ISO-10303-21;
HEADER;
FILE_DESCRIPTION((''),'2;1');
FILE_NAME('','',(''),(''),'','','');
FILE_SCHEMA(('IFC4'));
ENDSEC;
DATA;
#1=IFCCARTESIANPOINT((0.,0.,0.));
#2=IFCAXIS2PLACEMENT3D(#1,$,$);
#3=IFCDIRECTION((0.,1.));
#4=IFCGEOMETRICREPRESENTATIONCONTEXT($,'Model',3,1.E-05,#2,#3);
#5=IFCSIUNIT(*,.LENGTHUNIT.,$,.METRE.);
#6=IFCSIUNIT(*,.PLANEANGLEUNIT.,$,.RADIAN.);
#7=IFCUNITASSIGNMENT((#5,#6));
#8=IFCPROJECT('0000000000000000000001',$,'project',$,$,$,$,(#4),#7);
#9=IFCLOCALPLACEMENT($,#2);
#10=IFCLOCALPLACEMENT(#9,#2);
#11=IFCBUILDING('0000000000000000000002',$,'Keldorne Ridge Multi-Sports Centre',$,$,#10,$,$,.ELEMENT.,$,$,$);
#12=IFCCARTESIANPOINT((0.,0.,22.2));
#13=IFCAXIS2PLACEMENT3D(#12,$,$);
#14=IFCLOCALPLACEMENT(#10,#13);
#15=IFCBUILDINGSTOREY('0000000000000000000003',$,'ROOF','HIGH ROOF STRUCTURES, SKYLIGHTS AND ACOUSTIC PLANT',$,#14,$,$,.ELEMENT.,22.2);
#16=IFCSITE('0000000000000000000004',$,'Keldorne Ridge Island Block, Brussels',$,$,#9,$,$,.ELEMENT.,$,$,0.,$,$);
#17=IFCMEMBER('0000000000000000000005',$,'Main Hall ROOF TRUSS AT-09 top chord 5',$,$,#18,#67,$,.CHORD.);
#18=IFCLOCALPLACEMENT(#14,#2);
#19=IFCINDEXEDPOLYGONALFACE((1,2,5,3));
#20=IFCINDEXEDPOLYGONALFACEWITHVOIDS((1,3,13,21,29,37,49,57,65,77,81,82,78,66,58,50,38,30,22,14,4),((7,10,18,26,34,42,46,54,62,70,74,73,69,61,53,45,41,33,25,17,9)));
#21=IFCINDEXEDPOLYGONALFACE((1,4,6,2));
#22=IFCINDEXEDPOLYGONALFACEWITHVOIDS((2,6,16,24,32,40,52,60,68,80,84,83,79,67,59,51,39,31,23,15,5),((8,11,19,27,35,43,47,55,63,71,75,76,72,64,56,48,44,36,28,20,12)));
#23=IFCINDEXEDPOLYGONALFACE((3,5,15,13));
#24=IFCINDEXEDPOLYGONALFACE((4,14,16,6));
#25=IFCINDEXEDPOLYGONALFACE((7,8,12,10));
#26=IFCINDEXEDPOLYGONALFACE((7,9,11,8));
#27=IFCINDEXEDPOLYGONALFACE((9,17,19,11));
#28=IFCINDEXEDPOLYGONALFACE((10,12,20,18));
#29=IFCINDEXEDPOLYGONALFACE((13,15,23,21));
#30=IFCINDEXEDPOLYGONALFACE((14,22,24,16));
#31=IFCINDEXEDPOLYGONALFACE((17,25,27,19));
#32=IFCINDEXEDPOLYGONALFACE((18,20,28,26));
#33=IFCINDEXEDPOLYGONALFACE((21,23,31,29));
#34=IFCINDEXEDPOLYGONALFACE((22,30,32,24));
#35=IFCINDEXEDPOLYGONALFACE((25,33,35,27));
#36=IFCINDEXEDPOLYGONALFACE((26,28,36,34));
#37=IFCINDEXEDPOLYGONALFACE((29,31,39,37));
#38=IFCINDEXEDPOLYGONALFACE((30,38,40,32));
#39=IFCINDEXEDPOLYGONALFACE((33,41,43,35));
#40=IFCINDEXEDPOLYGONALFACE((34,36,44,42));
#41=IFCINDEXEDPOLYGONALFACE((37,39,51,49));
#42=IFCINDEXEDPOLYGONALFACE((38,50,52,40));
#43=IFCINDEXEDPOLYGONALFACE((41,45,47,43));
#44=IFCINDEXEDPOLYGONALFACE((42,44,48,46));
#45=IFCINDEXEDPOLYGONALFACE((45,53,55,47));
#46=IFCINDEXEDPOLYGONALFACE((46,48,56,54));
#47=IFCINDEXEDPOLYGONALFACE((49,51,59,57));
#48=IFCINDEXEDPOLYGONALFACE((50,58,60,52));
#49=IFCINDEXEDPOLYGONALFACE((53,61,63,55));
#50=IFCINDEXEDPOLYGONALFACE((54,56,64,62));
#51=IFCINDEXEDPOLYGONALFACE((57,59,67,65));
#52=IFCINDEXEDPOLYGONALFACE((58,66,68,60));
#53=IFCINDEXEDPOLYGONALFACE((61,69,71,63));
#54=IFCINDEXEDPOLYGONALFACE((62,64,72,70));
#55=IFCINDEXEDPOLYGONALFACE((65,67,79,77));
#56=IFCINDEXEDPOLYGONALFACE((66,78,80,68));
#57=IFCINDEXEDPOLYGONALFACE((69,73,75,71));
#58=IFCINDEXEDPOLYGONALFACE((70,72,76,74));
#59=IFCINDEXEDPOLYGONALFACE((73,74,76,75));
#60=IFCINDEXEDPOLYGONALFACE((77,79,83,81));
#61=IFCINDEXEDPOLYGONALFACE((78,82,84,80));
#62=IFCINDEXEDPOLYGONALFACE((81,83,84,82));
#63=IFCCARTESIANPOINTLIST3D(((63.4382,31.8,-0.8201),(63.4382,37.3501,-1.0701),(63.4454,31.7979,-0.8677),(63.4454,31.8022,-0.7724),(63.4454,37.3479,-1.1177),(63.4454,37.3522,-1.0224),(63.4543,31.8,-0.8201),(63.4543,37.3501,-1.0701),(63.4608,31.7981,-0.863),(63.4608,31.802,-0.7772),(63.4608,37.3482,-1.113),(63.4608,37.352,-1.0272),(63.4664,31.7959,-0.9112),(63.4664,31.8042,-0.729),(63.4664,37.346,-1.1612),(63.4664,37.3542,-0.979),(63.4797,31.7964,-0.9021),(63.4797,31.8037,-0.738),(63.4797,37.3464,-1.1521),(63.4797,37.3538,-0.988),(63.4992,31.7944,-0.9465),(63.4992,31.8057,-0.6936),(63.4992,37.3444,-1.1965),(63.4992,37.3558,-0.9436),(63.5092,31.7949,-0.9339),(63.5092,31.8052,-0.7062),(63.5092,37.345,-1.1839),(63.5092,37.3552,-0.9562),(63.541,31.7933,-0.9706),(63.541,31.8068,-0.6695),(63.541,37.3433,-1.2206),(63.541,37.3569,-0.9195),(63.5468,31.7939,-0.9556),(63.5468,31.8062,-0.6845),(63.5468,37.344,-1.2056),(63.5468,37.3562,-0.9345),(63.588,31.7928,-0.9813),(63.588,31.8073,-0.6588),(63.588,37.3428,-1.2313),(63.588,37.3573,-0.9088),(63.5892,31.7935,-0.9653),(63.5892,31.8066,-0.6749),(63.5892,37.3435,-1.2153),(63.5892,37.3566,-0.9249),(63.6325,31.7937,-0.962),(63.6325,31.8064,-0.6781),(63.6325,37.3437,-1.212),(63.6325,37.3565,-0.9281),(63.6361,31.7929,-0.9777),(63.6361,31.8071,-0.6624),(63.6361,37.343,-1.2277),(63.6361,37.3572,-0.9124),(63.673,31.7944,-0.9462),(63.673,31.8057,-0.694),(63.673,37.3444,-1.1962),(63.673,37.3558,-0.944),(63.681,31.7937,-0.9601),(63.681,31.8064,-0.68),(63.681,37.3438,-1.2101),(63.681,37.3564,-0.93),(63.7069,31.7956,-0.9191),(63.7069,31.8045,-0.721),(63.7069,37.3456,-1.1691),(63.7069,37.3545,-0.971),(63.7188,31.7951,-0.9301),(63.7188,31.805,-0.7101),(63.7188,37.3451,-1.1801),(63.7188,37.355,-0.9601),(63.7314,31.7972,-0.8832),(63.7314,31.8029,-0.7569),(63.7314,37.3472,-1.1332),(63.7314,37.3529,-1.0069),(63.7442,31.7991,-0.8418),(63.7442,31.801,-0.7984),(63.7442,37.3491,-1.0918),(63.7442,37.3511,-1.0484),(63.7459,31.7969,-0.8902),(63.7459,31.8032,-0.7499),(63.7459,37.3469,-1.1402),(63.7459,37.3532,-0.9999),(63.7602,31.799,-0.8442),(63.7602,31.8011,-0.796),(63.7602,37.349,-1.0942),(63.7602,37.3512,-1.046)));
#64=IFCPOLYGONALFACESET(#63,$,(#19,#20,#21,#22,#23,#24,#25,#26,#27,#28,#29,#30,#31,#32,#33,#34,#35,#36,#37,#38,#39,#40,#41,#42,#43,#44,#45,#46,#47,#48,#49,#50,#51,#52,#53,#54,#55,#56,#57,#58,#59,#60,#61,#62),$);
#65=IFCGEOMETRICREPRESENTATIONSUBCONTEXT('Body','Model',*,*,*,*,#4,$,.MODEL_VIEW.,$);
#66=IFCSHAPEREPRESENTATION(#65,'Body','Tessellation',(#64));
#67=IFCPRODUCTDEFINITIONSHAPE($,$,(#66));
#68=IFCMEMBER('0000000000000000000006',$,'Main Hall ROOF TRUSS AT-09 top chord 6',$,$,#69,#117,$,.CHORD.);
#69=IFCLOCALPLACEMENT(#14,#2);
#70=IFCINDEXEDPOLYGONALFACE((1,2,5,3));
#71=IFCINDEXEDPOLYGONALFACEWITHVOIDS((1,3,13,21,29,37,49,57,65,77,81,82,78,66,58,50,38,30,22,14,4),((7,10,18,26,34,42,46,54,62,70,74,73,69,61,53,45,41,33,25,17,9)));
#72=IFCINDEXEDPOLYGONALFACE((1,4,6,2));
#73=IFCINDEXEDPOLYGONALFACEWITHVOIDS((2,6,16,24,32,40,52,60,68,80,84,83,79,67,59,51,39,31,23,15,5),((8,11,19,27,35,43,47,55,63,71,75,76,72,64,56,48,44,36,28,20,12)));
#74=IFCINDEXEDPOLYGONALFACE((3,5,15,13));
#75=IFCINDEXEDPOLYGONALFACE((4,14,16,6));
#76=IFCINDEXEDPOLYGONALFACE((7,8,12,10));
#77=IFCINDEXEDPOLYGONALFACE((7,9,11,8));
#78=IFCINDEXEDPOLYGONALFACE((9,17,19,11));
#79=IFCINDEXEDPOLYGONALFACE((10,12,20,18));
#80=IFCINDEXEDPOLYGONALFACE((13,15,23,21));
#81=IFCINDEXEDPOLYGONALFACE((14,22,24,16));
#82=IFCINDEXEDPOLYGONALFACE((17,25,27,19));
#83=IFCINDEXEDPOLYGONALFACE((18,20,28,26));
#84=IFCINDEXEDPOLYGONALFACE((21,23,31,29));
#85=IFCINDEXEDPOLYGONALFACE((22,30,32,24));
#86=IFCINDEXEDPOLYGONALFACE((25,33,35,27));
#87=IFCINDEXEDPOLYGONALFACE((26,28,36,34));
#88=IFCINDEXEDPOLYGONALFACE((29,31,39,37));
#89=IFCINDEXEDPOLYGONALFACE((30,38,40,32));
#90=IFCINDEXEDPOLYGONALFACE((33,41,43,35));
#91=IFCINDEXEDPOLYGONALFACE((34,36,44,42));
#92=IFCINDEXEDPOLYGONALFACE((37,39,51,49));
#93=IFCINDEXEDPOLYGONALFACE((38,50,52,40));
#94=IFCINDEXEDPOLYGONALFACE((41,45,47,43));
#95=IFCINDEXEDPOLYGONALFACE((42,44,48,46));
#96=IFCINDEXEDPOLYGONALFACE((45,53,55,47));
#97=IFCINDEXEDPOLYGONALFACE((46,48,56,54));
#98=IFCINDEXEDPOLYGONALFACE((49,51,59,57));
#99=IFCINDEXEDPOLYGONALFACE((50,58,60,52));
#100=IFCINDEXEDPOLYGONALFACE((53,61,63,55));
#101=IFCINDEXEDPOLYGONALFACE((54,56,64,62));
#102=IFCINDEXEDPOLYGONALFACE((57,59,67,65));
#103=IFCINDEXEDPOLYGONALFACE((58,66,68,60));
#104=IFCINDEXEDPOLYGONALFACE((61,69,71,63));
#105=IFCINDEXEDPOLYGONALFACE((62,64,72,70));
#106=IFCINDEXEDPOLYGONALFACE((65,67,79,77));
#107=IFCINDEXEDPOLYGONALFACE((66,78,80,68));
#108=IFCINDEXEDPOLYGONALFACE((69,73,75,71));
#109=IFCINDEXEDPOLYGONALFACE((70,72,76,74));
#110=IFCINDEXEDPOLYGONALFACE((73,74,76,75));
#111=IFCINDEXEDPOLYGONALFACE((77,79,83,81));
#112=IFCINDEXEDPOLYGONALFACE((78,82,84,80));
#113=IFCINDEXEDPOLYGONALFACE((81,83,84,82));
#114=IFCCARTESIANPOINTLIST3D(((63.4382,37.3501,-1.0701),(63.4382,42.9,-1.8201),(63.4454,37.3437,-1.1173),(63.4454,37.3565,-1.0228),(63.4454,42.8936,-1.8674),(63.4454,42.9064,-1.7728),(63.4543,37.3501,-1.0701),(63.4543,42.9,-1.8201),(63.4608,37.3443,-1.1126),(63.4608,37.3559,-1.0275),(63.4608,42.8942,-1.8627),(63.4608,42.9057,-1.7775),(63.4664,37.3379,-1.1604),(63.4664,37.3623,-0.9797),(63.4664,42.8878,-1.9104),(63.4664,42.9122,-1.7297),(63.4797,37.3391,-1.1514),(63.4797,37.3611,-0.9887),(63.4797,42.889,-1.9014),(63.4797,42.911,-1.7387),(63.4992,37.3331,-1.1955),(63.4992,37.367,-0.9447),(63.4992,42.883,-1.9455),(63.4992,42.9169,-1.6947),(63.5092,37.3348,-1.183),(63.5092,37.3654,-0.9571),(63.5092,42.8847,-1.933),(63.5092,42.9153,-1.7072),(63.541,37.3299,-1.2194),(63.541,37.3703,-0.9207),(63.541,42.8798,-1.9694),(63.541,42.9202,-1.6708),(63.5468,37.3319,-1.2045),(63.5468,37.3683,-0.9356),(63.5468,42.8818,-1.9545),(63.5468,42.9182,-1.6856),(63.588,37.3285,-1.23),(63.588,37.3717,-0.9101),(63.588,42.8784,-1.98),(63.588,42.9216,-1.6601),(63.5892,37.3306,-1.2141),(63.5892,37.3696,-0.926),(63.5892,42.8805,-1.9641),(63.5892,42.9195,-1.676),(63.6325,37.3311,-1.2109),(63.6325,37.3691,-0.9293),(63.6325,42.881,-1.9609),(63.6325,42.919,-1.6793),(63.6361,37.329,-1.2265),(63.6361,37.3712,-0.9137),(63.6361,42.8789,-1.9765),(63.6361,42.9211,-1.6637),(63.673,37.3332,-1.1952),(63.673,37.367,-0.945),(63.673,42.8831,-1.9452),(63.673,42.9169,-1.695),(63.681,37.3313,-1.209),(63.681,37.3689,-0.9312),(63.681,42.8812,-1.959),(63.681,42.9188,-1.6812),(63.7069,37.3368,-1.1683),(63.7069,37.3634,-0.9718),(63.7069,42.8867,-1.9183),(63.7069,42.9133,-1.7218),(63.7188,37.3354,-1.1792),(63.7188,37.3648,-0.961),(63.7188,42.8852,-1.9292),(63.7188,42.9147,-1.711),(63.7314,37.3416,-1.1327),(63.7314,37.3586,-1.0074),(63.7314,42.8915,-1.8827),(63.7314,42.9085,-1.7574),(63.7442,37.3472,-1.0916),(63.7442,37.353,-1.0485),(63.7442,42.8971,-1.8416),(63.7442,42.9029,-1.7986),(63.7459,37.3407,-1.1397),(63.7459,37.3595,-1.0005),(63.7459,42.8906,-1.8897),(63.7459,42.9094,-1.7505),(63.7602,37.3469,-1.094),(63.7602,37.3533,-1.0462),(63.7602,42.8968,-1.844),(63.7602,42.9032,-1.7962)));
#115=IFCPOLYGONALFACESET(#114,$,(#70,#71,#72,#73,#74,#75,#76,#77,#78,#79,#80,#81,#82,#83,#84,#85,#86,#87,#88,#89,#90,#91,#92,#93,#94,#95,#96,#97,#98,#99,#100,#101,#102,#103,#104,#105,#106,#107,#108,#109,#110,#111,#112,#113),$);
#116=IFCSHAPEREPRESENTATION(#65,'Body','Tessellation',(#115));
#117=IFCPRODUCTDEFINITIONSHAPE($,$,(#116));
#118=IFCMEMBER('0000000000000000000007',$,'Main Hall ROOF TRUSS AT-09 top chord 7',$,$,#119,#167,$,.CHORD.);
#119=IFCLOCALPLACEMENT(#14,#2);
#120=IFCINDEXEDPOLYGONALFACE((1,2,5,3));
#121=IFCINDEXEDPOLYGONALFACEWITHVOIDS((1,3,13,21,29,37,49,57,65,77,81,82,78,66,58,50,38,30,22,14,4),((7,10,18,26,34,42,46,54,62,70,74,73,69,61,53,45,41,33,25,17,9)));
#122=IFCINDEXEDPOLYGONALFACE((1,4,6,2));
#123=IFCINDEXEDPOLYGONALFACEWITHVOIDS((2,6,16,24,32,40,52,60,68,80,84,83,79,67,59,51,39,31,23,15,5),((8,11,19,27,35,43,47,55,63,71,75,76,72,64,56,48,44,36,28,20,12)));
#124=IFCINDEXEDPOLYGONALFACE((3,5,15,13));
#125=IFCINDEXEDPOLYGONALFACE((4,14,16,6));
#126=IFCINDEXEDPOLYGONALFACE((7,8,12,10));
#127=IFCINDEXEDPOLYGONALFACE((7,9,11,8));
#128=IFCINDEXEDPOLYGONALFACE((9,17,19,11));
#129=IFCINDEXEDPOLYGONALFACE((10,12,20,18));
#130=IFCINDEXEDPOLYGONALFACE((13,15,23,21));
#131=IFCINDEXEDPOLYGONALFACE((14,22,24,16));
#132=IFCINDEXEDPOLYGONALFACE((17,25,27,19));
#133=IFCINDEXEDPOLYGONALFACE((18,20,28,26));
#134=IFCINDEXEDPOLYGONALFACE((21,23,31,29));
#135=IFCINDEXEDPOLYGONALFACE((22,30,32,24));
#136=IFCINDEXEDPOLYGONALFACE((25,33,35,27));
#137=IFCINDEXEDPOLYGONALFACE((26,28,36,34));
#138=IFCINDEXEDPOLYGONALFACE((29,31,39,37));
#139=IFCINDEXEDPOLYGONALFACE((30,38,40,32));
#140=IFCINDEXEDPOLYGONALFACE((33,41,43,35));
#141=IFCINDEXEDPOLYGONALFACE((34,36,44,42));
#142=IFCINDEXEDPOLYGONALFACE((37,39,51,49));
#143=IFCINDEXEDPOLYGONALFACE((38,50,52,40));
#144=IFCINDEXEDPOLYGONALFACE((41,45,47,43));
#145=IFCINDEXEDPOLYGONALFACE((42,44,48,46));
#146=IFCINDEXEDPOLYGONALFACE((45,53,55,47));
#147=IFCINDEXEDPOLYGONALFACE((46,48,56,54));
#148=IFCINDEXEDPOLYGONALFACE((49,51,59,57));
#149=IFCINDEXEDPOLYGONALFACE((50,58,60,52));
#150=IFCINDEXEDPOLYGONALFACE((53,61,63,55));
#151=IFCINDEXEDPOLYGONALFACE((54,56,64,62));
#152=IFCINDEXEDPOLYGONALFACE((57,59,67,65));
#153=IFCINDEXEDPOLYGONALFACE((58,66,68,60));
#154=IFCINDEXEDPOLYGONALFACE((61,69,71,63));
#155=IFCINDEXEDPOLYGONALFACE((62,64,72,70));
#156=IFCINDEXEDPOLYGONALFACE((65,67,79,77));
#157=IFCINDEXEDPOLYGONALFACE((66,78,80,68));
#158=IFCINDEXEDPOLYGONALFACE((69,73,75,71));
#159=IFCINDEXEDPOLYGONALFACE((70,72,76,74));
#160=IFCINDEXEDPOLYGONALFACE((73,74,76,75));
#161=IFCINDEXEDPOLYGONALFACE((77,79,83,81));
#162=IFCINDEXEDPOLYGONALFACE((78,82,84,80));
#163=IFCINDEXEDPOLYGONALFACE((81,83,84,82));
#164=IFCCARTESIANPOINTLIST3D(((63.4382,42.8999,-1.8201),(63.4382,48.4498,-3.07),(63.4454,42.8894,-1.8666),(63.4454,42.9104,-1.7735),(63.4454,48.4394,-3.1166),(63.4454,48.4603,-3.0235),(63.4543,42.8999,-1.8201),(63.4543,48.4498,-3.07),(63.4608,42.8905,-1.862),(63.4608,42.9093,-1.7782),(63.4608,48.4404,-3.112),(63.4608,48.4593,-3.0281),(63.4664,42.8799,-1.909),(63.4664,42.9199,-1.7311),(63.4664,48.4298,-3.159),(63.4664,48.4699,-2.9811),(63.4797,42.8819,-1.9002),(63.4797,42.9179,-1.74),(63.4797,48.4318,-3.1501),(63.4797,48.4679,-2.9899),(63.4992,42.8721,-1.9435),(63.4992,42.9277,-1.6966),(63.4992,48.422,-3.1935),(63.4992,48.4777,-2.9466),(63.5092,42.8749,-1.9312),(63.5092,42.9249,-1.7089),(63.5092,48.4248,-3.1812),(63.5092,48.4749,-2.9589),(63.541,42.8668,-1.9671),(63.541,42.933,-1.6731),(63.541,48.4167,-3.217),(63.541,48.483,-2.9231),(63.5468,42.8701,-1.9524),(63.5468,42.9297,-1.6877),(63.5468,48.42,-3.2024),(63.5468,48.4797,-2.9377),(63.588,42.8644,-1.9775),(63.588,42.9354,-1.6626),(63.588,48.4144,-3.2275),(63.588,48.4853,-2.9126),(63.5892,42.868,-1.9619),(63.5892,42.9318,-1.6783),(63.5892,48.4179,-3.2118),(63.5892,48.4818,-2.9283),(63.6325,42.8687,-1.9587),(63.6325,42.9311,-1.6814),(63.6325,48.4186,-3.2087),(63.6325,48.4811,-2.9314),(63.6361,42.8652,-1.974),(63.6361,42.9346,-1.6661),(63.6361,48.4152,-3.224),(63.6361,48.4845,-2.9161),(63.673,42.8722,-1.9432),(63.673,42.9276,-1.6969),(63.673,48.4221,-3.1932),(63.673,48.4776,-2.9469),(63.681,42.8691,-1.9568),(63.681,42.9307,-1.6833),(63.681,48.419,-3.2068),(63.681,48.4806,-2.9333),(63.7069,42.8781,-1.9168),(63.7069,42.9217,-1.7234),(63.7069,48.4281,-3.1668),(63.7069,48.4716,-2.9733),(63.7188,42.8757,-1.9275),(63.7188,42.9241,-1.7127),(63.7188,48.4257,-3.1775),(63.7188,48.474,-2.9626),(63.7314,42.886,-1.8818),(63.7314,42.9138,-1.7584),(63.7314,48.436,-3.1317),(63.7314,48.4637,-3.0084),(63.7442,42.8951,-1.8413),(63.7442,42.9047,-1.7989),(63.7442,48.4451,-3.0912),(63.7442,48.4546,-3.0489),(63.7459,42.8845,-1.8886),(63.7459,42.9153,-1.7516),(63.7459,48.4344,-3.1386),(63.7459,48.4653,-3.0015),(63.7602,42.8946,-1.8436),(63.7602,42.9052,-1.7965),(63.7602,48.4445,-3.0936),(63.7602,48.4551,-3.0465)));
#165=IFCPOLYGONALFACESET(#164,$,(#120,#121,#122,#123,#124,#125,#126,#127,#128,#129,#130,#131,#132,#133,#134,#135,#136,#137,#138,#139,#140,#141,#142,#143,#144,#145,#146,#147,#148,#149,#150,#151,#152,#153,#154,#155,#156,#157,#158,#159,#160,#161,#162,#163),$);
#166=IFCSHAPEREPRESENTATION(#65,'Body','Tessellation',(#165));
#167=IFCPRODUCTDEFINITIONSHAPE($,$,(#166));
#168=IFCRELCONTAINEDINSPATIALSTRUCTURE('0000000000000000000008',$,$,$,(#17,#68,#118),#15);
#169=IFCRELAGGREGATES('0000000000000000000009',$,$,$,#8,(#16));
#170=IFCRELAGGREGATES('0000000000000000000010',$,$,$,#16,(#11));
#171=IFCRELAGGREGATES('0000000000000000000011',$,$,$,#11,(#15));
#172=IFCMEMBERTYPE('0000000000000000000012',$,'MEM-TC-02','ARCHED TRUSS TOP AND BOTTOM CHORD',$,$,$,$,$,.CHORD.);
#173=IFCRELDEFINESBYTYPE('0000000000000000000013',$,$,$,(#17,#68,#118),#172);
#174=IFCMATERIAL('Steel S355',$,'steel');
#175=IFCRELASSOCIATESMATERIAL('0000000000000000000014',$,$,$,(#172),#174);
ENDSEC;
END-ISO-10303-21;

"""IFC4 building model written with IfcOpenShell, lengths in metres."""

from ifc_helpers import new_model, si_unit, direction, frame, origin, origin_2d, place, context, subcontext, project, spatial, hollow_circle, extrude, material, material_profile, profile_set, type_object, element, save


model = new_model("IFC4")

# Units and contexts
model_context = context("Model", 3, precision=1e-05, world=origin(), true_north=direction((0.0, 1.0)))
body_context = subcontext(model_context, "Body", "Model", "MODEL_VIEW")
ifc_project = project(units=[si_unit("LENGTHUNIT", "METRE"), si_unit("PLANEANGLEUNIT", "RADIAN")], contexts=[model_context])

# Site, building, storey
site_placement = place(None, origin())
site = spatial("IfcSite", under=ifc_project, at=site_placement, Name="Keldorne Ridge Island Block, Brussels", CompositionType="ELEMENT", RefElevation=0.0)
building_placement = place(site_placement, origin())
building = spatial("IfcBuilding", under=site, at=building_placement, Name="Keldorne Ridge Multi-Sports Centre", CompositionType="ELEMENT")
storey_placement = place(building_placement, frame((0.0, 0.0, 22.2)))
storey = spatial("IfcBuildingStorey", under=building, at=storey_placement, Name="ROOF", Description="HIGH ROOF STRUCTURES, SKYLIGHTS AND ACOUSTIC PLANT", CompositionType="ELEMENT", Elevation=22.2)

# Members
ifc_material = material(Name="Steel S355", Category="steel")
ifc_material_profile_1 = material_profile(ifc_material, hollow_circle(Radius=0.1619, WallThickness=0.0161, at=origin_2d()), Name="CHS 323.9x16")
ifc_profile_set_1 = profile_set([ifc_material_profile_1], Name="Steel S355")
member_type_1 = type_object("IfcMemberType", Name="MEM-TC-02", Description="ARCHED TRUSS TOP AND BOTTOM CHORD", PredefinedType="CHORD", material=ifc_profile_set_1)
member_1_placement = place(storey_placement, frame((63.6001, 31.8, -0.8201), z_axis=(0.0, 0.998987, -0.044999), x_axis=(-1.0, 0.0, 0.0)))
element("IfcMember", 1, at=member_1_placement, inside=storey, type_object=member_type_1, Name="Main Hall ROOF TRUSS AT-09 top chord 5", PredefinedType="CHORD", context=body_context, shape_type="SweptSolid", body=[
    extrude(hollow_circle(Radius=0.1619, WallThickness=0.0161, at=origin_2d()), origin(), (0.0, 0.0, 1.0), 5.5557),
])
member_2_placement = place(storey_placement, frame((63.6001, 37.3501, -1.0701), z_axis=(0.0, 0.990992, -0.133923), x_axis=(-1.0, 0.0, 0.0)))
element("IfcMember", 2, at=member_2_placement, inside=storey, type_object=member_type_1, Name="Main Hall ROOF TRUSS AT-09 top chord 6", PredefinedType="CHORD", context=body_context, shape_type="SweptSolid", body=[
    extrude(hollow_circle(Radius=0.1619, WallThickness=0.0161, at=origin_2d()), origin(), (0.0, 0.0, 1.0), 5.6003),
])
member_3_placement = place(storey_placement, frame((63.6001, 42.8999, -1.8201), z_axis=(0.0, 0.975563, -0.219719), x_axis=(-1.0, 0.0, 0.0)))
element("IfcMember", 3, at=member_3_placement, inside=storey, type_object=member_type_1, Name="Main Hall ROOF TRUSS AT-09 top chord 7", PredefinedType="CHORD", context=body_context, shape_type="SweptSolid", body=[
    extrude(hollow_circle(Radius=0.1619, WallThickness=0.0161, at=origin_2d()), origin(), (0.0, 0.0, 1.0), 5.689),
])

save(model, "model.ifc")
